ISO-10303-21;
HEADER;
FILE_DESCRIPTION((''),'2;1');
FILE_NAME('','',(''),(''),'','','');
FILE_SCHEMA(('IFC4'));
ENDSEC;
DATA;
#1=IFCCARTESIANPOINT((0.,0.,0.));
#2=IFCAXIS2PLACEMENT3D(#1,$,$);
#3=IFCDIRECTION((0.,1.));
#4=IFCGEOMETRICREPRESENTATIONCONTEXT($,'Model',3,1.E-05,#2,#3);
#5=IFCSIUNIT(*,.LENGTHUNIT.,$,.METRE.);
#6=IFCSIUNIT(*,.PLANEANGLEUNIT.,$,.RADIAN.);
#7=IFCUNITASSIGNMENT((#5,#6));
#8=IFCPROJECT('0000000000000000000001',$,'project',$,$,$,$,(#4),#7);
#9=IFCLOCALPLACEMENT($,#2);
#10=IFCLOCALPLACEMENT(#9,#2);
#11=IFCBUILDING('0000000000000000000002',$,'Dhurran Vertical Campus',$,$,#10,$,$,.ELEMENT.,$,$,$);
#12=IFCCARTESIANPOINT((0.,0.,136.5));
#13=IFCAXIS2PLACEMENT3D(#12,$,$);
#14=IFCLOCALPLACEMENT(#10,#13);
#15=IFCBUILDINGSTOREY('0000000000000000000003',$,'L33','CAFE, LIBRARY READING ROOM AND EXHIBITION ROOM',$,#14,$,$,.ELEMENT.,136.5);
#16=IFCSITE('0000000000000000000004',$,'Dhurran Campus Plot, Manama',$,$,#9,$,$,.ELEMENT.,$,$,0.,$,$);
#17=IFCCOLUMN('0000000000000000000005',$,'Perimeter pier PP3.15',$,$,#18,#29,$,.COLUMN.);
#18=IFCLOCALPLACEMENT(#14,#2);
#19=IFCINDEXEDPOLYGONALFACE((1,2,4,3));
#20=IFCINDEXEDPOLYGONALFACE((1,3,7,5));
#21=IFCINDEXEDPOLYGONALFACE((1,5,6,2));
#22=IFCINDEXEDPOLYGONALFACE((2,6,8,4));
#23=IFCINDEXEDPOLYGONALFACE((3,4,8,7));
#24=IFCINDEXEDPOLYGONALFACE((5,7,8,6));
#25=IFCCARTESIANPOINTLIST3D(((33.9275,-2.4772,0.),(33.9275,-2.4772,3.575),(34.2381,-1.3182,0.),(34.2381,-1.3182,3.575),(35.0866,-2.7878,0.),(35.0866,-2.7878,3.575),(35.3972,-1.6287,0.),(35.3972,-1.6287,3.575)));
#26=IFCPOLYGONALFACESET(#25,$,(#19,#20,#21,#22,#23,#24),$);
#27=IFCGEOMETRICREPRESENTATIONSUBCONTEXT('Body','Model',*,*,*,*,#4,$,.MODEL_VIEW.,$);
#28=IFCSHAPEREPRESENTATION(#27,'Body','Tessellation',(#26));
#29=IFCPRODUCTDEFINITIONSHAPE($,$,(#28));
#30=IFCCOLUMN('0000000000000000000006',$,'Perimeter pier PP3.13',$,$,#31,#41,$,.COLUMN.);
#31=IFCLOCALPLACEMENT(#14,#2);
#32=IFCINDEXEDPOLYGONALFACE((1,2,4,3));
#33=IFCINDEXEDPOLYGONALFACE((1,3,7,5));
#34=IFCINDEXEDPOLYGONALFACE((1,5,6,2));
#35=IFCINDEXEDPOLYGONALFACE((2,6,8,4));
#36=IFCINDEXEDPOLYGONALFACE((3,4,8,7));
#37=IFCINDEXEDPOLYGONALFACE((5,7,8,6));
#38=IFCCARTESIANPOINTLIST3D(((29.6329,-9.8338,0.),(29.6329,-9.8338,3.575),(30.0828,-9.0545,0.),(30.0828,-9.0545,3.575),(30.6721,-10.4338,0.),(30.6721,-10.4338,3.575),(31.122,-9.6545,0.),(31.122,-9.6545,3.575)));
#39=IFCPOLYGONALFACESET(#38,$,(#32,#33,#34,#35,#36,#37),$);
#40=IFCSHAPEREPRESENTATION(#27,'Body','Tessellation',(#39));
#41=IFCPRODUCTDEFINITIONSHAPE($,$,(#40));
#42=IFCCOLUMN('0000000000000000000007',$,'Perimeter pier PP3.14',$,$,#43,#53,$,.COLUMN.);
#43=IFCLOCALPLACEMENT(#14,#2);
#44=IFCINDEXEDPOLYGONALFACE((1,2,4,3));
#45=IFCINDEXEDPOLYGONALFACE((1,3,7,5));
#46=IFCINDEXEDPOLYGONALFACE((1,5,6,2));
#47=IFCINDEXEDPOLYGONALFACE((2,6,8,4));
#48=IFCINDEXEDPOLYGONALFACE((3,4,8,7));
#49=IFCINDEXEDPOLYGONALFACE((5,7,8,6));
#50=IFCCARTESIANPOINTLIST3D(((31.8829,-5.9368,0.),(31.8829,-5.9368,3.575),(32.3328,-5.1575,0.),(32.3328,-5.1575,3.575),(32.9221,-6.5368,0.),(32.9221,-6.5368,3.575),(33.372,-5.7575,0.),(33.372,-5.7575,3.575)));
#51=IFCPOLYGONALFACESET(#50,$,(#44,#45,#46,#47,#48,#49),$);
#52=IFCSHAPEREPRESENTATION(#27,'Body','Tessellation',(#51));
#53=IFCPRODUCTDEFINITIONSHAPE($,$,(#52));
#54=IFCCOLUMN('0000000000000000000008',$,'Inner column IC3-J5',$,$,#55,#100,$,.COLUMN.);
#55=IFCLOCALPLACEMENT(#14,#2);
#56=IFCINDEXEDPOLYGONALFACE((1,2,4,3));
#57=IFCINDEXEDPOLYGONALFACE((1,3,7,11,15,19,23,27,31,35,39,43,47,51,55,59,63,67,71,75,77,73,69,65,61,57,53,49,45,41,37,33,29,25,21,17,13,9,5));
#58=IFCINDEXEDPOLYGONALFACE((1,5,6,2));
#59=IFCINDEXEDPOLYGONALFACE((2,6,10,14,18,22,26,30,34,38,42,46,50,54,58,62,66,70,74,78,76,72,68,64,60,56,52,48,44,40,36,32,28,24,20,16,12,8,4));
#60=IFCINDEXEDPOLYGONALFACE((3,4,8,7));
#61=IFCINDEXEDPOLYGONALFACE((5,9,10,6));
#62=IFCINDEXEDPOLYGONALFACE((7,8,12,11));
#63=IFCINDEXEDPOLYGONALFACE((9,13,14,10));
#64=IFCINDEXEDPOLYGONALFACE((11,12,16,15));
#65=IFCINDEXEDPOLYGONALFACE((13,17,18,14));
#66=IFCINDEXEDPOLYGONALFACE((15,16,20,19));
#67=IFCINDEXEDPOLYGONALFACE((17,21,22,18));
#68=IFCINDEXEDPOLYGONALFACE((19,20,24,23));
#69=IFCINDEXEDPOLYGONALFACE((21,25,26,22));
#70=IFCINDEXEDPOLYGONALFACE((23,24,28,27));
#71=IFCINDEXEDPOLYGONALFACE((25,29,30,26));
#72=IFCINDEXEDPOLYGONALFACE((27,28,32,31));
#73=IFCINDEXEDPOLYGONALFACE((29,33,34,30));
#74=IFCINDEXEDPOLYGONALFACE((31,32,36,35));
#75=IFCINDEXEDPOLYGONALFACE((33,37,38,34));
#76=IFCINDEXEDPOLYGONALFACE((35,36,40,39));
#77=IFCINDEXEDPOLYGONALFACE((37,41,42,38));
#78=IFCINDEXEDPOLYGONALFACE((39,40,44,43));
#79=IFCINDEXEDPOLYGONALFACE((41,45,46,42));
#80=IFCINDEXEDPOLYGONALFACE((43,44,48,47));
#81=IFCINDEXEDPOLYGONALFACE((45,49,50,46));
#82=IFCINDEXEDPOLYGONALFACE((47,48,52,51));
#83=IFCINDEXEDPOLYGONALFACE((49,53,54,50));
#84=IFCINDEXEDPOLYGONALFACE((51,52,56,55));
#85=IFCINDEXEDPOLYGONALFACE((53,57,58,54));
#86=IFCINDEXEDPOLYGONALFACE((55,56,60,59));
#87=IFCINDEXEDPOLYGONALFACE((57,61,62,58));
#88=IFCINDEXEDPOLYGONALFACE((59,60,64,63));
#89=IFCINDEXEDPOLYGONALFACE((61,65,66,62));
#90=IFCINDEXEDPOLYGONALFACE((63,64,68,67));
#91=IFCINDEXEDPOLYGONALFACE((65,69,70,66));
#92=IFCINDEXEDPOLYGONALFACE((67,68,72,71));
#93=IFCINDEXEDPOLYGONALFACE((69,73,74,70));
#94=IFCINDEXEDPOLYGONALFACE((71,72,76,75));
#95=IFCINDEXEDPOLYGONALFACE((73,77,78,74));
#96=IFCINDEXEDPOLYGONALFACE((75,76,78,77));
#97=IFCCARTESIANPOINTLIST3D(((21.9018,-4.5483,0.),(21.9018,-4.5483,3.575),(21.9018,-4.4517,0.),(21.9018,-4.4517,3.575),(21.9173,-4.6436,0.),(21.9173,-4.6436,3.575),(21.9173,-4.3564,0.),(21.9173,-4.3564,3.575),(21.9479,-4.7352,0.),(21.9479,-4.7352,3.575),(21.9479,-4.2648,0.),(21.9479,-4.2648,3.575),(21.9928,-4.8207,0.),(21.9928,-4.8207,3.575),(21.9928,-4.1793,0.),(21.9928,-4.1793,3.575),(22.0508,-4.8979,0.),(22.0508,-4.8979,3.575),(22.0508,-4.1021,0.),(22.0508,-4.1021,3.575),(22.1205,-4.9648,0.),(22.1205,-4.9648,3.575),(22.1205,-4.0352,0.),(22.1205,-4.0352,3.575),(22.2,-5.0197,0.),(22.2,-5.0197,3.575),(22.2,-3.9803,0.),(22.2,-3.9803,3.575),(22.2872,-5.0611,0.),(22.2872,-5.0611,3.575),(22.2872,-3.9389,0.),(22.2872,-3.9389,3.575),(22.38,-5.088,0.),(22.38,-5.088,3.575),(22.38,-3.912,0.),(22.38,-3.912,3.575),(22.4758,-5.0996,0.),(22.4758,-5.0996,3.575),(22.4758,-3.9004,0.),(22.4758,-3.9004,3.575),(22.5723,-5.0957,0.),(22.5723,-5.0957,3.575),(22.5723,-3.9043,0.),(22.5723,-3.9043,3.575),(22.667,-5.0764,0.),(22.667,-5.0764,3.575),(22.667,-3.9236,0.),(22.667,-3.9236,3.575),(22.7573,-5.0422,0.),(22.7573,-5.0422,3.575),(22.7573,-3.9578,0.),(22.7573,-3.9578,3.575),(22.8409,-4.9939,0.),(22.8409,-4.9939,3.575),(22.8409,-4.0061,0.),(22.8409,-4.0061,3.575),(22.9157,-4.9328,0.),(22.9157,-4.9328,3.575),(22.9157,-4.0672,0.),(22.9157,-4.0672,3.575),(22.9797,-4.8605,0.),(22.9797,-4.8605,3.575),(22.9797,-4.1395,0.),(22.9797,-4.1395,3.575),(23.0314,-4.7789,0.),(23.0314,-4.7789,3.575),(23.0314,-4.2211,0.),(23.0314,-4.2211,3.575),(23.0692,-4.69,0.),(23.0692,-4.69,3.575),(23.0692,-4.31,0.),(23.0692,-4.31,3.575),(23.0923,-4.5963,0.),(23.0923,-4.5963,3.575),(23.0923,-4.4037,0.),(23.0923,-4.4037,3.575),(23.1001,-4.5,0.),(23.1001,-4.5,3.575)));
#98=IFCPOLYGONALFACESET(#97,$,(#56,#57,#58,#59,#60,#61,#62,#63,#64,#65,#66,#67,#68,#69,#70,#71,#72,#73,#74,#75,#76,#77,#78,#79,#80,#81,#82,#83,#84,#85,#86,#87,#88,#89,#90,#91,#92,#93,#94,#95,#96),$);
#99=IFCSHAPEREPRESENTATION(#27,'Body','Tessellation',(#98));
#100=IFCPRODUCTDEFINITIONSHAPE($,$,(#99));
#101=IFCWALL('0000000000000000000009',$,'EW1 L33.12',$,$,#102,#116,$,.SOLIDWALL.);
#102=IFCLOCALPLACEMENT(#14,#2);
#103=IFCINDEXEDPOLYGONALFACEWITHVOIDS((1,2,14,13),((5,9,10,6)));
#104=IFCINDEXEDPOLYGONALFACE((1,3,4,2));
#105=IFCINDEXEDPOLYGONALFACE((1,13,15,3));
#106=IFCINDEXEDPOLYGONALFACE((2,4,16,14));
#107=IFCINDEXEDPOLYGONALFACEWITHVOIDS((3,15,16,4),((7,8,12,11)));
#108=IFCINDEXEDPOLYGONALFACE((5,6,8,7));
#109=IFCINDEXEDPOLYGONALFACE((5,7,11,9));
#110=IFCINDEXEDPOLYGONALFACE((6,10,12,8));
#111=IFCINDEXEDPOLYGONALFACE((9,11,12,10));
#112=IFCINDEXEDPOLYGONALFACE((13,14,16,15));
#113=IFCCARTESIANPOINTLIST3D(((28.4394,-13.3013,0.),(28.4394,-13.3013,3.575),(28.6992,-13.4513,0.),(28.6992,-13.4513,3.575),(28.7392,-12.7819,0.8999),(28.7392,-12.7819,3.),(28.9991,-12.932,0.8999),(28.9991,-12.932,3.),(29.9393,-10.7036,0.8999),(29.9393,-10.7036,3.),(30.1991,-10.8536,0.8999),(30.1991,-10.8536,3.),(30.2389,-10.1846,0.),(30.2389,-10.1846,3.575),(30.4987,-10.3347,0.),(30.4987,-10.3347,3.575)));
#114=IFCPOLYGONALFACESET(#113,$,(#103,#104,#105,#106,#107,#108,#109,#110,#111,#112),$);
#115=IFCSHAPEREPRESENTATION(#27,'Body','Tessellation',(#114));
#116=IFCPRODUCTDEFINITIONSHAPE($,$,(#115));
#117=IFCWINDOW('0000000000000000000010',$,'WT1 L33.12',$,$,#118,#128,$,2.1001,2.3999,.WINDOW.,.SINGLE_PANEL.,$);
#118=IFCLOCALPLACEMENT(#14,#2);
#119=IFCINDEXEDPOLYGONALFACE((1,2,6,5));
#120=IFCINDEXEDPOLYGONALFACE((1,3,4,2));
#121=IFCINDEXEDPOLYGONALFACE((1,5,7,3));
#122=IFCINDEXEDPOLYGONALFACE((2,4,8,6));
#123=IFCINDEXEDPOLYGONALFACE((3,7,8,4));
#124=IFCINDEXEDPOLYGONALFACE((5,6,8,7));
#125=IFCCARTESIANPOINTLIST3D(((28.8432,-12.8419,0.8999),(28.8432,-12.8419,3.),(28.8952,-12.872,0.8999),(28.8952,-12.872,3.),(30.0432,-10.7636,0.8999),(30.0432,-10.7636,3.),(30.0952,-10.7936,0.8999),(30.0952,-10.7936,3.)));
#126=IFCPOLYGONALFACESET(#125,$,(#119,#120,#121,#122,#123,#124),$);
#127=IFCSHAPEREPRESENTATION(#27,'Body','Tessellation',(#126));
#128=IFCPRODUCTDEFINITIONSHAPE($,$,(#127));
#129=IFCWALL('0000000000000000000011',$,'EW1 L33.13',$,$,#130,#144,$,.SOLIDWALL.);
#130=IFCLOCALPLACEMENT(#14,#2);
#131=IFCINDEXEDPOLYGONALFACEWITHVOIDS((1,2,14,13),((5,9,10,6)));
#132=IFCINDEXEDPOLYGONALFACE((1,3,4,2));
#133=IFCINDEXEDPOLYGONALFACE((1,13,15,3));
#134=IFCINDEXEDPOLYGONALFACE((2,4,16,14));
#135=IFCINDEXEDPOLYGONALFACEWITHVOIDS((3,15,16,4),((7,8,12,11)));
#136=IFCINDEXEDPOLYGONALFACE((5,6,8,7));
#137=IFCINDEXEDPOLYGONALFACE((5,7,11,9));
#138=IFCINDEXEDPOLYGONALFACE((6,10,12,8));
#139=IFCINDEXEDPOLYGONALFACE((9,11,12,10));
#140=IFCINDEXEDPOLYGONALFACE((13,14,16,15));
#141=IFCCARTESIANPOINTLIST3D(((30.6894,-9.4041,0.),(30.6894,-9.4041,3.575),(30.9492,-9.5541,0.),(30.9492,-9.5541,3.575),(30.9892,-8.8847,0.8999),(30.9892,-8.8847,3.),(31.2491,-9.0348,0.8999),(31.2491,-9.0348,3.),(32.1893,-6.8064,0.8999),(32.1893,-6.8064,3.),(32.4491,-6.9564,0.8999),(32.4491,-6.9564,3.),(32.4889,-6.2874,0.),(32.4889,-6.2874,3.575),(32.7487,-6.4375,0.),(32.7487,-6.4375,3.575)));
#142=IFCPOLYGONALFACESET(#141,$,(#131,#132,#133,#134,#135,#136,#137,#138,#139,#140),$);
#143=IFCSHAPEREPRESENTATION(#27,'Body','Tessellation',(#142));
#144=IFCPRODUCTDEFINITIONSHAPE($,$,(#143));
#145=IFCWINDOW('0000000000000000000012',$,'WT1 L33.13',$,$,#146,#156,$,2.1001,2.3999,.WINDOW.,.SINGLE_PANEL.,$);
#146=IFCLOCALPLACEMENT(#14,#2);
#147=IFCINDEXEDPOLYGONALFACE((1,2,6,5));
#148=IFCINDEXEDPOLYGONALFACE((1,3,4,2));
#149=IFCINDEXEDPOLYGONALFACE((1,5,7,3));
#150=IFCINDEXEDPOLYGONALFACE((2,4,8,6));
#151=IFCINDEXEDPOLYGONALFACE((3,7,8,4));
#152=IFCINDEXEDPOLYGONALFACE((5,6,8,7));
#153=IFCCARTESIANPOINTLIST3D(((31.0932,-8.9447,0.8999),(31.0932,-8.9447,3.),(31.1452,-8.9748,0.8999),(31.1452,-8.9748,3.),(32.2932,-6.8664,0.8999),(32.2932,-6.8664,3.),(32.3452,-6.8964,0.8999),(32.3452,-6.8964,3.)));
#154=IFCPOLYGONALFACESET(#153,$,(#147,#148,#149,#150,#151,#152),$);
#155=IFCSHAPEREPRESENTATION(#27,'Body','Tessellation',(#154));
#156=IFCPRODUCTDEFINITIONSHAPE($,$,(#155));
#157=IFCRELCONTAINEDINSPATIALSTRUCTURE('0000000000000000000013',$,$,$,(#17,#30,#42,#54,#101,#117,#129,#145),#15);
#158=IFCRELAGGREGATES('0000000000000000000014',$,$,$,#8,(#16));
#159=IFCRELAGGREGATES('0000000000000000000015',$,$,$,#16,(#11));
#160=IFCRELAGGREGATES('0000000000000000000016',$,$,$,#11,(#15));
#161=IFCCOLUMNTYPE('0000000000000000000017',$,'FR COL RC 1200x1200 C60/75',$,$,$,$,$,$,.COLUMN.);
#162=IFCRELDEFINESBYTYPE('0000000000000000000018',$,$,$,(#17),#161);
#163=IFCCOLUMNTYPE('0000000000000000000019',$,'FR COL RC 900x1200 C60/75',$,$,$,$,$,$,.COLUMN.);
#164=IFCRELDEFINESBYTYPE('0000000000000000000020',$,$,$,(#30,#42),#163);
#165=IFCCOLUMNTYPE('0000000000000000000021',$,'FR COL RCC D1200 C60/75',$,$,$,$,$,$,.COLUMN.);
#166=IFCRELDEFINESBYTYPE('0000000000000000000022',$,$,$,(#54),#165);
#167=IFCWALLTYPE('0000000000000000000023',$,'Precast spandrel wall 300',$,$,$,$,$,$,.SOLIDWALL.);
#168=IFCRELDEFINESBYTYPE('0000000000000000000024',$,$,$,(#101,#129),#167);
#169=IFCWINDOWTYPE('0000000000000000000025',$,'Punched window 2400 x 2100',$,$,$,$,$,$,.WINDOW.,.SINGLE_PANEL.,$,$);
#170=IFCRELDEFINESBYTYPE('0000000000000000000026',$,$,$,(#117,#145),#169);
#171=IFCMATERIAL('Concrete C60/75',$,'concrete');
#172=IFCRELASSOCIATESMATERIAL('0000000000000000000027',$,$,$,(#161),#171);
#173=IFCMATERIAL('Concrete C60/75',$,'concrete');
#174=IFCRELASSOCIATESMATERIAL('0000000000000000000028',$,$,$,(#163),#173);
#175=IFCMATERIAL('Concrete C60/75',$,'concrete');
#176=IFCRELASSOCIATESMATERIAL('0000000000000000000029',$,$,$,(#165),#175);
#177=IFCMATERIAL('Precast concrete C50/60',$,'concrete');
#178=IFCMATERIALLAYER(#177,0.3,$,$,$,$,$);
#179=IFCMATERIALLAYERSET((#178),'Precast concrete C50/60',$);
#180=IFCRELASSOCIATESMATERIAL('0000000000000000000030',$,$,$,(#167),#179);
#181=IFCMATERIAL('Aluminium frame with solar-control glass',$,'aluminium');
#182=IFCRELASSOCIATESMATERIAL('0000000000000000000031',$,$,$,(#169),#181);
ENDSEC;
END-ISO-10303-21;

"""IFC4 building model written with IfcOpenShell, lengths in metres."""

from ifc_helpers import new_model, si_unit, direction, frame, frame_2d, origin, origin_2d, place, context, subcontext, project, spatial, rectangle, circle, extrude, material, layer, layer_set, material_profile, profile_set, type_object, element, fill, save


model = new_model("IFC4")

# Units and contexts
model_context = context("Model", 3, precision=1e-05, world=origin(), true_north=direction((0.0, 1.0)))
body_context = subcontext(model_context, "Body", "Model", "MODEL_VIEW")
ifc_project = project(units=[si_unit("LENGTHUNIT", "METRE"), si_unit("PLANEANGLEUNIT", "RADIAN")], contexts=[model_context])

# Site, building, storey
site_placement = place(None, origin())
site = spatial("IfcSite", under=ifc_project, at=site_placement, Name="Dhurran Campus Plot, Manama", CompositionType="ELEMENT", RefElevation=0.0)
building_placement = place(site_placement, origin())
building = spatial("IfcBuilding", under=site, at=building_placement, Name="Dhurran Vertical Campus", CompositionType="ELEMENT")
storey_placement = place(building_placement, frame((0.0, 0.0, 136.5)))
storey = spatial("IfcBuildingStorey", under=building, at=storey_placement, Name="L33", Description="CAFE, LIBRARY READING ROOM AND EXHIBITION ROOM", CompositionType="ELEMENT", Elevation=136.5)

# Columns
ifc_material_1 = material(Name="Concrete C60/75", Category="concrete")
ifc_material_profile_1 = material_profile(ifc_material_1, rectangle(XDim=1.2, YDim=1.2, at=origin_2d()), Name="RC 1200x1200")
ifc_profile_set_1 = profile_set([ifc_material_profile_1], Name="Concrete C60/75")
column_type_1 = type_object("IfcColumnType", Name="FR COL RC 1200x1200 C60/75", PredefinedType="COLUMN", material=ifc_profile_set_1)
column_1_placement = place(storey_placement, frame((34.6624, -2.053, 0.0), z_axis=(0.0, 0.0, 1.0), x_axis=(0.258819, 0.965926, 0.0)))
element("IfcColumn", 1, at=column_1_placement, inside=storey, type_object=column_type_1, Name="Perimeter pier PP3.15", PredefinedType="COLUMN", context=body_context, shape_type="SweptSolid", body=[
    extrude(rectangle(XDim=1.2, YDim=1.2, at=origin_2d()), origin(), (0.0, 0.0, 1.0), 3.575),
])
ifc_material_2 = material(Name="Concrete C60/75", Category="concrete")
ifc_material_profile_2 = material_profile(ifc_material_2, rectangle(XDim=0.8999, YDim=1.2, at=origin_2d()), Name="RC 900x1200")
ifc_profile_set_2 = profile_set([ifc_material_profile_2], Name="Concrete C60/75")
column_type_2 = type_object("IfcColumnType", Name="FR COL RC 900x1200 C60/75", PredefinedType="COLUMN", material=ifc_profile_set_2)
for number, where, z_axis, x_axis, name in (
    (2, (30.3774, -9.7441, 0.0), (0.0, 0.0, 1.0), (0.5, 0.866025, 0.0), "Perimeter pier PP3.13"),
    (3, (32.6274, -5.8472, 0.0), (0.0, 0.0, 1.0), (0.5, 0.866025, 0.0), "Perimeter pier PP3.14"),
):
    element("IfcColumn", number, at=place(storey_placement, frame(where, z_axis=z_axis, x_axis=x_axis)), inside=storey, type_object=column_type_2, Name=name, PredefinedType="COLUMN", context=body_context, shape_type="SweptSolid", body=[
        extrude(rectangle(XDim=0.8999, YDim=1.2, at=origin_2d()), origin(), (0.0, 0.0, 1.0), 3.575),
    ])
ifc_material_3 = material(Name="Concrete C60/75", Category="concrete")
ifc_material_profile_3 = material_profile(ifc_material_3, circle(Radius=0.6001, at=origin_2d()), Name="RCC D1200")
ifc_profile_set_3 = profile_set([ifc_material_profile_3], Name="Concrete C60/75")
column_type_3 = type_object("IfcColumnType", Name="FR COL RCC D1200 C60/75", PredefinedType="COLUMN", material=ifc_profile_set_3)
column_2_placement = place(storey_placement, frame((22.5, -4.5, 0.0), z_axis=(0.0, 0.0, 1.0), x_axis=(1.0, 0.0, 0.0)))
element("IfcColumn", 4, at=column_2_placement, inside=storey, type_object=column_type_3, Name="Inner column IC3-J5", PredefinedType="COLUMN", context=body_context, shape_type="SweptSolid", body=[
    extrude(circle(Radius=0.6001, at=origin_2d()), origin(), (0.0, 0.0, 1.0), 3.575),
])

# Walls, openings, windows
ifc_material_4 = material(Name="Precast concrete C50/60", Category="concrete")
ifc_layer_1 = layer(ifc_material_4, 0.3)
ifc_layer_set_1 = layer_set([ifc_layer_1], Name="Precast concrete C50/60")
wall_type_1 = type_object("IfcWallType", Name="Precast spandrel wall 300", PredefinedType="SOLIDWALL", material=ifc_layer_set_1)
wall_1_placement = place(storey_placement, frame((28.5693, -13.3762, 0.0), z_axis=(0.0, 0.0, 1.0), x_axis=(0.500028, 0.866009, 0.0)))
wall_1 = element("IfcWall", 5, at=wall_1_placement, inside=storey, type_object=wall_type_1, Name="EW1 L33.12", PredefinedType="SOLIDWALL", context=body_context, shape_type="SweptSolid", body=[
    extrude(rectangle(XDim=3.5989, YDim=0.3, at=frame_2d((1.7993, 0.0))), origin(), (0.0, 0.0, 1.0), 3.575),
])
opening_1_placement = place(wall_1_placement, frame((0.5996, 0.0, 0.8999)))
opening_1 = element("IfcOpeningElement", 6, at=opening_1_placement, cuts=wall_1, PredefinedType="OPENING", context=body_context, shape_type="SweptSolid", body=[
    extrude(rectangle(XDim=2.3999, YDim=2.1001, at=frame_2d((1.2, 1.05))), frame((0.0, 0.1599, 0.0), z_axis=(0.0, -1.0, 0.0), x_axis=(1.0, 0.0, 0.0)), (0.0, 0.0, 1.0), 0.3201),
])
ifc_material_5 = material(Name="Aluminium frame with solar-control glass", Category="aluminium")
window_type = type_object("IfcWindowType", Name="Punched window 2400 x 2100", PartitioningType="SINGLE_PANEL", PredefinedType="WINDOW", material=ifc_material_5)
window_1_placement = place(opening_1_placement, origin())
window_1 = element("IfcWindow", 7, at=window_1_placement, inside=storey, type_object=window_type, Name="WT1 L33.12", OverallHeight=2.1001, OverallWidth=2.3999, PartitioningType="SINGLE_PANEL", PredefinedType="WINDOW", context=body_context, shape_type="SweptSolid", body=[
    extrude(rectangle(XDim=2.3999, YDim=2.1001, at=frame_2d((1.2, 1.05))), frame((0.0, 0.03, 0.0), z_axis=(0.0, -1.0, 0.0), x_axis=(1.0, 0.0, 0.0)), (0.0, 0.0, 1.0), 0.0601),
])
fill(opening_1, window_1)
wall_2_placement = place(storey_placement, frame((30.8193, -9.479, 0.0), z_axis=(0.0, 0.0, 1.0), x_axis=(0.500028, 0.866009, 0.0)))
wall_2 = element("IfcWall", 8, at=wall_2_placement, inside=storey, type_object=wall_type_1, Name="EW1 L33.13", PredefinedType="SOLIDWALL", context=body_context, shape_type="SweptSolid", body=[
    extrude(rectangle(XDim=3.5989, YDim=0.3, at=frame_2d((1.7993, 0.0))), origin(), (0.0, 0.0, 1.0), 3.575),
])
opening_2_placement = place(wall_2_placement, frame((0.5996, 0.0, 0.8999)))
opening_2 = element("IfcOpeningElement", 9, at=opening_2_placement, cuts=wall_2, PredefinedType="OPENING", context=body_context, shape_type="SweptSolid", body=[
    extrude(rectangle(XDim=2.3999, YDim=2.1001, at=frame_2d((1.2, 1.05))), frame((0.0, 0.1599, 0.0), z_axis=(0.0, -1.0, 0.0), x_axis=(1.0, 0.0, 0.0)), (0.0, 0.0, 1.0), 0.3201),
])
window_2_placement = place(opening_2_placement, origin())
window_2 = element("IfcWindow", 10, at=window_2_placement, inside=storey, type_object=window_type, Name="WT1 L33.13", OverallHeight=2.1001, OverallWidth=2.3999, PartitioningType="SINGLE_PANEL", PredefinedType="WINDOW", context=body_context, shape_type="SweptSolid", body=[
    extrude(rectangle(XDim=2.3999, YDim=2.1001, at=frame_2d((1.2, 1.05))), frame((0.0, 0.03, 0.0), z_axis=(0.0, -1.0, 0.0), x_axis=(1.0, 0.0, 0.0)), (0.0, 0.0, 1.0), 0.0601),
])
fill(opening_2, window_2)

save(model, "model.ifc")
